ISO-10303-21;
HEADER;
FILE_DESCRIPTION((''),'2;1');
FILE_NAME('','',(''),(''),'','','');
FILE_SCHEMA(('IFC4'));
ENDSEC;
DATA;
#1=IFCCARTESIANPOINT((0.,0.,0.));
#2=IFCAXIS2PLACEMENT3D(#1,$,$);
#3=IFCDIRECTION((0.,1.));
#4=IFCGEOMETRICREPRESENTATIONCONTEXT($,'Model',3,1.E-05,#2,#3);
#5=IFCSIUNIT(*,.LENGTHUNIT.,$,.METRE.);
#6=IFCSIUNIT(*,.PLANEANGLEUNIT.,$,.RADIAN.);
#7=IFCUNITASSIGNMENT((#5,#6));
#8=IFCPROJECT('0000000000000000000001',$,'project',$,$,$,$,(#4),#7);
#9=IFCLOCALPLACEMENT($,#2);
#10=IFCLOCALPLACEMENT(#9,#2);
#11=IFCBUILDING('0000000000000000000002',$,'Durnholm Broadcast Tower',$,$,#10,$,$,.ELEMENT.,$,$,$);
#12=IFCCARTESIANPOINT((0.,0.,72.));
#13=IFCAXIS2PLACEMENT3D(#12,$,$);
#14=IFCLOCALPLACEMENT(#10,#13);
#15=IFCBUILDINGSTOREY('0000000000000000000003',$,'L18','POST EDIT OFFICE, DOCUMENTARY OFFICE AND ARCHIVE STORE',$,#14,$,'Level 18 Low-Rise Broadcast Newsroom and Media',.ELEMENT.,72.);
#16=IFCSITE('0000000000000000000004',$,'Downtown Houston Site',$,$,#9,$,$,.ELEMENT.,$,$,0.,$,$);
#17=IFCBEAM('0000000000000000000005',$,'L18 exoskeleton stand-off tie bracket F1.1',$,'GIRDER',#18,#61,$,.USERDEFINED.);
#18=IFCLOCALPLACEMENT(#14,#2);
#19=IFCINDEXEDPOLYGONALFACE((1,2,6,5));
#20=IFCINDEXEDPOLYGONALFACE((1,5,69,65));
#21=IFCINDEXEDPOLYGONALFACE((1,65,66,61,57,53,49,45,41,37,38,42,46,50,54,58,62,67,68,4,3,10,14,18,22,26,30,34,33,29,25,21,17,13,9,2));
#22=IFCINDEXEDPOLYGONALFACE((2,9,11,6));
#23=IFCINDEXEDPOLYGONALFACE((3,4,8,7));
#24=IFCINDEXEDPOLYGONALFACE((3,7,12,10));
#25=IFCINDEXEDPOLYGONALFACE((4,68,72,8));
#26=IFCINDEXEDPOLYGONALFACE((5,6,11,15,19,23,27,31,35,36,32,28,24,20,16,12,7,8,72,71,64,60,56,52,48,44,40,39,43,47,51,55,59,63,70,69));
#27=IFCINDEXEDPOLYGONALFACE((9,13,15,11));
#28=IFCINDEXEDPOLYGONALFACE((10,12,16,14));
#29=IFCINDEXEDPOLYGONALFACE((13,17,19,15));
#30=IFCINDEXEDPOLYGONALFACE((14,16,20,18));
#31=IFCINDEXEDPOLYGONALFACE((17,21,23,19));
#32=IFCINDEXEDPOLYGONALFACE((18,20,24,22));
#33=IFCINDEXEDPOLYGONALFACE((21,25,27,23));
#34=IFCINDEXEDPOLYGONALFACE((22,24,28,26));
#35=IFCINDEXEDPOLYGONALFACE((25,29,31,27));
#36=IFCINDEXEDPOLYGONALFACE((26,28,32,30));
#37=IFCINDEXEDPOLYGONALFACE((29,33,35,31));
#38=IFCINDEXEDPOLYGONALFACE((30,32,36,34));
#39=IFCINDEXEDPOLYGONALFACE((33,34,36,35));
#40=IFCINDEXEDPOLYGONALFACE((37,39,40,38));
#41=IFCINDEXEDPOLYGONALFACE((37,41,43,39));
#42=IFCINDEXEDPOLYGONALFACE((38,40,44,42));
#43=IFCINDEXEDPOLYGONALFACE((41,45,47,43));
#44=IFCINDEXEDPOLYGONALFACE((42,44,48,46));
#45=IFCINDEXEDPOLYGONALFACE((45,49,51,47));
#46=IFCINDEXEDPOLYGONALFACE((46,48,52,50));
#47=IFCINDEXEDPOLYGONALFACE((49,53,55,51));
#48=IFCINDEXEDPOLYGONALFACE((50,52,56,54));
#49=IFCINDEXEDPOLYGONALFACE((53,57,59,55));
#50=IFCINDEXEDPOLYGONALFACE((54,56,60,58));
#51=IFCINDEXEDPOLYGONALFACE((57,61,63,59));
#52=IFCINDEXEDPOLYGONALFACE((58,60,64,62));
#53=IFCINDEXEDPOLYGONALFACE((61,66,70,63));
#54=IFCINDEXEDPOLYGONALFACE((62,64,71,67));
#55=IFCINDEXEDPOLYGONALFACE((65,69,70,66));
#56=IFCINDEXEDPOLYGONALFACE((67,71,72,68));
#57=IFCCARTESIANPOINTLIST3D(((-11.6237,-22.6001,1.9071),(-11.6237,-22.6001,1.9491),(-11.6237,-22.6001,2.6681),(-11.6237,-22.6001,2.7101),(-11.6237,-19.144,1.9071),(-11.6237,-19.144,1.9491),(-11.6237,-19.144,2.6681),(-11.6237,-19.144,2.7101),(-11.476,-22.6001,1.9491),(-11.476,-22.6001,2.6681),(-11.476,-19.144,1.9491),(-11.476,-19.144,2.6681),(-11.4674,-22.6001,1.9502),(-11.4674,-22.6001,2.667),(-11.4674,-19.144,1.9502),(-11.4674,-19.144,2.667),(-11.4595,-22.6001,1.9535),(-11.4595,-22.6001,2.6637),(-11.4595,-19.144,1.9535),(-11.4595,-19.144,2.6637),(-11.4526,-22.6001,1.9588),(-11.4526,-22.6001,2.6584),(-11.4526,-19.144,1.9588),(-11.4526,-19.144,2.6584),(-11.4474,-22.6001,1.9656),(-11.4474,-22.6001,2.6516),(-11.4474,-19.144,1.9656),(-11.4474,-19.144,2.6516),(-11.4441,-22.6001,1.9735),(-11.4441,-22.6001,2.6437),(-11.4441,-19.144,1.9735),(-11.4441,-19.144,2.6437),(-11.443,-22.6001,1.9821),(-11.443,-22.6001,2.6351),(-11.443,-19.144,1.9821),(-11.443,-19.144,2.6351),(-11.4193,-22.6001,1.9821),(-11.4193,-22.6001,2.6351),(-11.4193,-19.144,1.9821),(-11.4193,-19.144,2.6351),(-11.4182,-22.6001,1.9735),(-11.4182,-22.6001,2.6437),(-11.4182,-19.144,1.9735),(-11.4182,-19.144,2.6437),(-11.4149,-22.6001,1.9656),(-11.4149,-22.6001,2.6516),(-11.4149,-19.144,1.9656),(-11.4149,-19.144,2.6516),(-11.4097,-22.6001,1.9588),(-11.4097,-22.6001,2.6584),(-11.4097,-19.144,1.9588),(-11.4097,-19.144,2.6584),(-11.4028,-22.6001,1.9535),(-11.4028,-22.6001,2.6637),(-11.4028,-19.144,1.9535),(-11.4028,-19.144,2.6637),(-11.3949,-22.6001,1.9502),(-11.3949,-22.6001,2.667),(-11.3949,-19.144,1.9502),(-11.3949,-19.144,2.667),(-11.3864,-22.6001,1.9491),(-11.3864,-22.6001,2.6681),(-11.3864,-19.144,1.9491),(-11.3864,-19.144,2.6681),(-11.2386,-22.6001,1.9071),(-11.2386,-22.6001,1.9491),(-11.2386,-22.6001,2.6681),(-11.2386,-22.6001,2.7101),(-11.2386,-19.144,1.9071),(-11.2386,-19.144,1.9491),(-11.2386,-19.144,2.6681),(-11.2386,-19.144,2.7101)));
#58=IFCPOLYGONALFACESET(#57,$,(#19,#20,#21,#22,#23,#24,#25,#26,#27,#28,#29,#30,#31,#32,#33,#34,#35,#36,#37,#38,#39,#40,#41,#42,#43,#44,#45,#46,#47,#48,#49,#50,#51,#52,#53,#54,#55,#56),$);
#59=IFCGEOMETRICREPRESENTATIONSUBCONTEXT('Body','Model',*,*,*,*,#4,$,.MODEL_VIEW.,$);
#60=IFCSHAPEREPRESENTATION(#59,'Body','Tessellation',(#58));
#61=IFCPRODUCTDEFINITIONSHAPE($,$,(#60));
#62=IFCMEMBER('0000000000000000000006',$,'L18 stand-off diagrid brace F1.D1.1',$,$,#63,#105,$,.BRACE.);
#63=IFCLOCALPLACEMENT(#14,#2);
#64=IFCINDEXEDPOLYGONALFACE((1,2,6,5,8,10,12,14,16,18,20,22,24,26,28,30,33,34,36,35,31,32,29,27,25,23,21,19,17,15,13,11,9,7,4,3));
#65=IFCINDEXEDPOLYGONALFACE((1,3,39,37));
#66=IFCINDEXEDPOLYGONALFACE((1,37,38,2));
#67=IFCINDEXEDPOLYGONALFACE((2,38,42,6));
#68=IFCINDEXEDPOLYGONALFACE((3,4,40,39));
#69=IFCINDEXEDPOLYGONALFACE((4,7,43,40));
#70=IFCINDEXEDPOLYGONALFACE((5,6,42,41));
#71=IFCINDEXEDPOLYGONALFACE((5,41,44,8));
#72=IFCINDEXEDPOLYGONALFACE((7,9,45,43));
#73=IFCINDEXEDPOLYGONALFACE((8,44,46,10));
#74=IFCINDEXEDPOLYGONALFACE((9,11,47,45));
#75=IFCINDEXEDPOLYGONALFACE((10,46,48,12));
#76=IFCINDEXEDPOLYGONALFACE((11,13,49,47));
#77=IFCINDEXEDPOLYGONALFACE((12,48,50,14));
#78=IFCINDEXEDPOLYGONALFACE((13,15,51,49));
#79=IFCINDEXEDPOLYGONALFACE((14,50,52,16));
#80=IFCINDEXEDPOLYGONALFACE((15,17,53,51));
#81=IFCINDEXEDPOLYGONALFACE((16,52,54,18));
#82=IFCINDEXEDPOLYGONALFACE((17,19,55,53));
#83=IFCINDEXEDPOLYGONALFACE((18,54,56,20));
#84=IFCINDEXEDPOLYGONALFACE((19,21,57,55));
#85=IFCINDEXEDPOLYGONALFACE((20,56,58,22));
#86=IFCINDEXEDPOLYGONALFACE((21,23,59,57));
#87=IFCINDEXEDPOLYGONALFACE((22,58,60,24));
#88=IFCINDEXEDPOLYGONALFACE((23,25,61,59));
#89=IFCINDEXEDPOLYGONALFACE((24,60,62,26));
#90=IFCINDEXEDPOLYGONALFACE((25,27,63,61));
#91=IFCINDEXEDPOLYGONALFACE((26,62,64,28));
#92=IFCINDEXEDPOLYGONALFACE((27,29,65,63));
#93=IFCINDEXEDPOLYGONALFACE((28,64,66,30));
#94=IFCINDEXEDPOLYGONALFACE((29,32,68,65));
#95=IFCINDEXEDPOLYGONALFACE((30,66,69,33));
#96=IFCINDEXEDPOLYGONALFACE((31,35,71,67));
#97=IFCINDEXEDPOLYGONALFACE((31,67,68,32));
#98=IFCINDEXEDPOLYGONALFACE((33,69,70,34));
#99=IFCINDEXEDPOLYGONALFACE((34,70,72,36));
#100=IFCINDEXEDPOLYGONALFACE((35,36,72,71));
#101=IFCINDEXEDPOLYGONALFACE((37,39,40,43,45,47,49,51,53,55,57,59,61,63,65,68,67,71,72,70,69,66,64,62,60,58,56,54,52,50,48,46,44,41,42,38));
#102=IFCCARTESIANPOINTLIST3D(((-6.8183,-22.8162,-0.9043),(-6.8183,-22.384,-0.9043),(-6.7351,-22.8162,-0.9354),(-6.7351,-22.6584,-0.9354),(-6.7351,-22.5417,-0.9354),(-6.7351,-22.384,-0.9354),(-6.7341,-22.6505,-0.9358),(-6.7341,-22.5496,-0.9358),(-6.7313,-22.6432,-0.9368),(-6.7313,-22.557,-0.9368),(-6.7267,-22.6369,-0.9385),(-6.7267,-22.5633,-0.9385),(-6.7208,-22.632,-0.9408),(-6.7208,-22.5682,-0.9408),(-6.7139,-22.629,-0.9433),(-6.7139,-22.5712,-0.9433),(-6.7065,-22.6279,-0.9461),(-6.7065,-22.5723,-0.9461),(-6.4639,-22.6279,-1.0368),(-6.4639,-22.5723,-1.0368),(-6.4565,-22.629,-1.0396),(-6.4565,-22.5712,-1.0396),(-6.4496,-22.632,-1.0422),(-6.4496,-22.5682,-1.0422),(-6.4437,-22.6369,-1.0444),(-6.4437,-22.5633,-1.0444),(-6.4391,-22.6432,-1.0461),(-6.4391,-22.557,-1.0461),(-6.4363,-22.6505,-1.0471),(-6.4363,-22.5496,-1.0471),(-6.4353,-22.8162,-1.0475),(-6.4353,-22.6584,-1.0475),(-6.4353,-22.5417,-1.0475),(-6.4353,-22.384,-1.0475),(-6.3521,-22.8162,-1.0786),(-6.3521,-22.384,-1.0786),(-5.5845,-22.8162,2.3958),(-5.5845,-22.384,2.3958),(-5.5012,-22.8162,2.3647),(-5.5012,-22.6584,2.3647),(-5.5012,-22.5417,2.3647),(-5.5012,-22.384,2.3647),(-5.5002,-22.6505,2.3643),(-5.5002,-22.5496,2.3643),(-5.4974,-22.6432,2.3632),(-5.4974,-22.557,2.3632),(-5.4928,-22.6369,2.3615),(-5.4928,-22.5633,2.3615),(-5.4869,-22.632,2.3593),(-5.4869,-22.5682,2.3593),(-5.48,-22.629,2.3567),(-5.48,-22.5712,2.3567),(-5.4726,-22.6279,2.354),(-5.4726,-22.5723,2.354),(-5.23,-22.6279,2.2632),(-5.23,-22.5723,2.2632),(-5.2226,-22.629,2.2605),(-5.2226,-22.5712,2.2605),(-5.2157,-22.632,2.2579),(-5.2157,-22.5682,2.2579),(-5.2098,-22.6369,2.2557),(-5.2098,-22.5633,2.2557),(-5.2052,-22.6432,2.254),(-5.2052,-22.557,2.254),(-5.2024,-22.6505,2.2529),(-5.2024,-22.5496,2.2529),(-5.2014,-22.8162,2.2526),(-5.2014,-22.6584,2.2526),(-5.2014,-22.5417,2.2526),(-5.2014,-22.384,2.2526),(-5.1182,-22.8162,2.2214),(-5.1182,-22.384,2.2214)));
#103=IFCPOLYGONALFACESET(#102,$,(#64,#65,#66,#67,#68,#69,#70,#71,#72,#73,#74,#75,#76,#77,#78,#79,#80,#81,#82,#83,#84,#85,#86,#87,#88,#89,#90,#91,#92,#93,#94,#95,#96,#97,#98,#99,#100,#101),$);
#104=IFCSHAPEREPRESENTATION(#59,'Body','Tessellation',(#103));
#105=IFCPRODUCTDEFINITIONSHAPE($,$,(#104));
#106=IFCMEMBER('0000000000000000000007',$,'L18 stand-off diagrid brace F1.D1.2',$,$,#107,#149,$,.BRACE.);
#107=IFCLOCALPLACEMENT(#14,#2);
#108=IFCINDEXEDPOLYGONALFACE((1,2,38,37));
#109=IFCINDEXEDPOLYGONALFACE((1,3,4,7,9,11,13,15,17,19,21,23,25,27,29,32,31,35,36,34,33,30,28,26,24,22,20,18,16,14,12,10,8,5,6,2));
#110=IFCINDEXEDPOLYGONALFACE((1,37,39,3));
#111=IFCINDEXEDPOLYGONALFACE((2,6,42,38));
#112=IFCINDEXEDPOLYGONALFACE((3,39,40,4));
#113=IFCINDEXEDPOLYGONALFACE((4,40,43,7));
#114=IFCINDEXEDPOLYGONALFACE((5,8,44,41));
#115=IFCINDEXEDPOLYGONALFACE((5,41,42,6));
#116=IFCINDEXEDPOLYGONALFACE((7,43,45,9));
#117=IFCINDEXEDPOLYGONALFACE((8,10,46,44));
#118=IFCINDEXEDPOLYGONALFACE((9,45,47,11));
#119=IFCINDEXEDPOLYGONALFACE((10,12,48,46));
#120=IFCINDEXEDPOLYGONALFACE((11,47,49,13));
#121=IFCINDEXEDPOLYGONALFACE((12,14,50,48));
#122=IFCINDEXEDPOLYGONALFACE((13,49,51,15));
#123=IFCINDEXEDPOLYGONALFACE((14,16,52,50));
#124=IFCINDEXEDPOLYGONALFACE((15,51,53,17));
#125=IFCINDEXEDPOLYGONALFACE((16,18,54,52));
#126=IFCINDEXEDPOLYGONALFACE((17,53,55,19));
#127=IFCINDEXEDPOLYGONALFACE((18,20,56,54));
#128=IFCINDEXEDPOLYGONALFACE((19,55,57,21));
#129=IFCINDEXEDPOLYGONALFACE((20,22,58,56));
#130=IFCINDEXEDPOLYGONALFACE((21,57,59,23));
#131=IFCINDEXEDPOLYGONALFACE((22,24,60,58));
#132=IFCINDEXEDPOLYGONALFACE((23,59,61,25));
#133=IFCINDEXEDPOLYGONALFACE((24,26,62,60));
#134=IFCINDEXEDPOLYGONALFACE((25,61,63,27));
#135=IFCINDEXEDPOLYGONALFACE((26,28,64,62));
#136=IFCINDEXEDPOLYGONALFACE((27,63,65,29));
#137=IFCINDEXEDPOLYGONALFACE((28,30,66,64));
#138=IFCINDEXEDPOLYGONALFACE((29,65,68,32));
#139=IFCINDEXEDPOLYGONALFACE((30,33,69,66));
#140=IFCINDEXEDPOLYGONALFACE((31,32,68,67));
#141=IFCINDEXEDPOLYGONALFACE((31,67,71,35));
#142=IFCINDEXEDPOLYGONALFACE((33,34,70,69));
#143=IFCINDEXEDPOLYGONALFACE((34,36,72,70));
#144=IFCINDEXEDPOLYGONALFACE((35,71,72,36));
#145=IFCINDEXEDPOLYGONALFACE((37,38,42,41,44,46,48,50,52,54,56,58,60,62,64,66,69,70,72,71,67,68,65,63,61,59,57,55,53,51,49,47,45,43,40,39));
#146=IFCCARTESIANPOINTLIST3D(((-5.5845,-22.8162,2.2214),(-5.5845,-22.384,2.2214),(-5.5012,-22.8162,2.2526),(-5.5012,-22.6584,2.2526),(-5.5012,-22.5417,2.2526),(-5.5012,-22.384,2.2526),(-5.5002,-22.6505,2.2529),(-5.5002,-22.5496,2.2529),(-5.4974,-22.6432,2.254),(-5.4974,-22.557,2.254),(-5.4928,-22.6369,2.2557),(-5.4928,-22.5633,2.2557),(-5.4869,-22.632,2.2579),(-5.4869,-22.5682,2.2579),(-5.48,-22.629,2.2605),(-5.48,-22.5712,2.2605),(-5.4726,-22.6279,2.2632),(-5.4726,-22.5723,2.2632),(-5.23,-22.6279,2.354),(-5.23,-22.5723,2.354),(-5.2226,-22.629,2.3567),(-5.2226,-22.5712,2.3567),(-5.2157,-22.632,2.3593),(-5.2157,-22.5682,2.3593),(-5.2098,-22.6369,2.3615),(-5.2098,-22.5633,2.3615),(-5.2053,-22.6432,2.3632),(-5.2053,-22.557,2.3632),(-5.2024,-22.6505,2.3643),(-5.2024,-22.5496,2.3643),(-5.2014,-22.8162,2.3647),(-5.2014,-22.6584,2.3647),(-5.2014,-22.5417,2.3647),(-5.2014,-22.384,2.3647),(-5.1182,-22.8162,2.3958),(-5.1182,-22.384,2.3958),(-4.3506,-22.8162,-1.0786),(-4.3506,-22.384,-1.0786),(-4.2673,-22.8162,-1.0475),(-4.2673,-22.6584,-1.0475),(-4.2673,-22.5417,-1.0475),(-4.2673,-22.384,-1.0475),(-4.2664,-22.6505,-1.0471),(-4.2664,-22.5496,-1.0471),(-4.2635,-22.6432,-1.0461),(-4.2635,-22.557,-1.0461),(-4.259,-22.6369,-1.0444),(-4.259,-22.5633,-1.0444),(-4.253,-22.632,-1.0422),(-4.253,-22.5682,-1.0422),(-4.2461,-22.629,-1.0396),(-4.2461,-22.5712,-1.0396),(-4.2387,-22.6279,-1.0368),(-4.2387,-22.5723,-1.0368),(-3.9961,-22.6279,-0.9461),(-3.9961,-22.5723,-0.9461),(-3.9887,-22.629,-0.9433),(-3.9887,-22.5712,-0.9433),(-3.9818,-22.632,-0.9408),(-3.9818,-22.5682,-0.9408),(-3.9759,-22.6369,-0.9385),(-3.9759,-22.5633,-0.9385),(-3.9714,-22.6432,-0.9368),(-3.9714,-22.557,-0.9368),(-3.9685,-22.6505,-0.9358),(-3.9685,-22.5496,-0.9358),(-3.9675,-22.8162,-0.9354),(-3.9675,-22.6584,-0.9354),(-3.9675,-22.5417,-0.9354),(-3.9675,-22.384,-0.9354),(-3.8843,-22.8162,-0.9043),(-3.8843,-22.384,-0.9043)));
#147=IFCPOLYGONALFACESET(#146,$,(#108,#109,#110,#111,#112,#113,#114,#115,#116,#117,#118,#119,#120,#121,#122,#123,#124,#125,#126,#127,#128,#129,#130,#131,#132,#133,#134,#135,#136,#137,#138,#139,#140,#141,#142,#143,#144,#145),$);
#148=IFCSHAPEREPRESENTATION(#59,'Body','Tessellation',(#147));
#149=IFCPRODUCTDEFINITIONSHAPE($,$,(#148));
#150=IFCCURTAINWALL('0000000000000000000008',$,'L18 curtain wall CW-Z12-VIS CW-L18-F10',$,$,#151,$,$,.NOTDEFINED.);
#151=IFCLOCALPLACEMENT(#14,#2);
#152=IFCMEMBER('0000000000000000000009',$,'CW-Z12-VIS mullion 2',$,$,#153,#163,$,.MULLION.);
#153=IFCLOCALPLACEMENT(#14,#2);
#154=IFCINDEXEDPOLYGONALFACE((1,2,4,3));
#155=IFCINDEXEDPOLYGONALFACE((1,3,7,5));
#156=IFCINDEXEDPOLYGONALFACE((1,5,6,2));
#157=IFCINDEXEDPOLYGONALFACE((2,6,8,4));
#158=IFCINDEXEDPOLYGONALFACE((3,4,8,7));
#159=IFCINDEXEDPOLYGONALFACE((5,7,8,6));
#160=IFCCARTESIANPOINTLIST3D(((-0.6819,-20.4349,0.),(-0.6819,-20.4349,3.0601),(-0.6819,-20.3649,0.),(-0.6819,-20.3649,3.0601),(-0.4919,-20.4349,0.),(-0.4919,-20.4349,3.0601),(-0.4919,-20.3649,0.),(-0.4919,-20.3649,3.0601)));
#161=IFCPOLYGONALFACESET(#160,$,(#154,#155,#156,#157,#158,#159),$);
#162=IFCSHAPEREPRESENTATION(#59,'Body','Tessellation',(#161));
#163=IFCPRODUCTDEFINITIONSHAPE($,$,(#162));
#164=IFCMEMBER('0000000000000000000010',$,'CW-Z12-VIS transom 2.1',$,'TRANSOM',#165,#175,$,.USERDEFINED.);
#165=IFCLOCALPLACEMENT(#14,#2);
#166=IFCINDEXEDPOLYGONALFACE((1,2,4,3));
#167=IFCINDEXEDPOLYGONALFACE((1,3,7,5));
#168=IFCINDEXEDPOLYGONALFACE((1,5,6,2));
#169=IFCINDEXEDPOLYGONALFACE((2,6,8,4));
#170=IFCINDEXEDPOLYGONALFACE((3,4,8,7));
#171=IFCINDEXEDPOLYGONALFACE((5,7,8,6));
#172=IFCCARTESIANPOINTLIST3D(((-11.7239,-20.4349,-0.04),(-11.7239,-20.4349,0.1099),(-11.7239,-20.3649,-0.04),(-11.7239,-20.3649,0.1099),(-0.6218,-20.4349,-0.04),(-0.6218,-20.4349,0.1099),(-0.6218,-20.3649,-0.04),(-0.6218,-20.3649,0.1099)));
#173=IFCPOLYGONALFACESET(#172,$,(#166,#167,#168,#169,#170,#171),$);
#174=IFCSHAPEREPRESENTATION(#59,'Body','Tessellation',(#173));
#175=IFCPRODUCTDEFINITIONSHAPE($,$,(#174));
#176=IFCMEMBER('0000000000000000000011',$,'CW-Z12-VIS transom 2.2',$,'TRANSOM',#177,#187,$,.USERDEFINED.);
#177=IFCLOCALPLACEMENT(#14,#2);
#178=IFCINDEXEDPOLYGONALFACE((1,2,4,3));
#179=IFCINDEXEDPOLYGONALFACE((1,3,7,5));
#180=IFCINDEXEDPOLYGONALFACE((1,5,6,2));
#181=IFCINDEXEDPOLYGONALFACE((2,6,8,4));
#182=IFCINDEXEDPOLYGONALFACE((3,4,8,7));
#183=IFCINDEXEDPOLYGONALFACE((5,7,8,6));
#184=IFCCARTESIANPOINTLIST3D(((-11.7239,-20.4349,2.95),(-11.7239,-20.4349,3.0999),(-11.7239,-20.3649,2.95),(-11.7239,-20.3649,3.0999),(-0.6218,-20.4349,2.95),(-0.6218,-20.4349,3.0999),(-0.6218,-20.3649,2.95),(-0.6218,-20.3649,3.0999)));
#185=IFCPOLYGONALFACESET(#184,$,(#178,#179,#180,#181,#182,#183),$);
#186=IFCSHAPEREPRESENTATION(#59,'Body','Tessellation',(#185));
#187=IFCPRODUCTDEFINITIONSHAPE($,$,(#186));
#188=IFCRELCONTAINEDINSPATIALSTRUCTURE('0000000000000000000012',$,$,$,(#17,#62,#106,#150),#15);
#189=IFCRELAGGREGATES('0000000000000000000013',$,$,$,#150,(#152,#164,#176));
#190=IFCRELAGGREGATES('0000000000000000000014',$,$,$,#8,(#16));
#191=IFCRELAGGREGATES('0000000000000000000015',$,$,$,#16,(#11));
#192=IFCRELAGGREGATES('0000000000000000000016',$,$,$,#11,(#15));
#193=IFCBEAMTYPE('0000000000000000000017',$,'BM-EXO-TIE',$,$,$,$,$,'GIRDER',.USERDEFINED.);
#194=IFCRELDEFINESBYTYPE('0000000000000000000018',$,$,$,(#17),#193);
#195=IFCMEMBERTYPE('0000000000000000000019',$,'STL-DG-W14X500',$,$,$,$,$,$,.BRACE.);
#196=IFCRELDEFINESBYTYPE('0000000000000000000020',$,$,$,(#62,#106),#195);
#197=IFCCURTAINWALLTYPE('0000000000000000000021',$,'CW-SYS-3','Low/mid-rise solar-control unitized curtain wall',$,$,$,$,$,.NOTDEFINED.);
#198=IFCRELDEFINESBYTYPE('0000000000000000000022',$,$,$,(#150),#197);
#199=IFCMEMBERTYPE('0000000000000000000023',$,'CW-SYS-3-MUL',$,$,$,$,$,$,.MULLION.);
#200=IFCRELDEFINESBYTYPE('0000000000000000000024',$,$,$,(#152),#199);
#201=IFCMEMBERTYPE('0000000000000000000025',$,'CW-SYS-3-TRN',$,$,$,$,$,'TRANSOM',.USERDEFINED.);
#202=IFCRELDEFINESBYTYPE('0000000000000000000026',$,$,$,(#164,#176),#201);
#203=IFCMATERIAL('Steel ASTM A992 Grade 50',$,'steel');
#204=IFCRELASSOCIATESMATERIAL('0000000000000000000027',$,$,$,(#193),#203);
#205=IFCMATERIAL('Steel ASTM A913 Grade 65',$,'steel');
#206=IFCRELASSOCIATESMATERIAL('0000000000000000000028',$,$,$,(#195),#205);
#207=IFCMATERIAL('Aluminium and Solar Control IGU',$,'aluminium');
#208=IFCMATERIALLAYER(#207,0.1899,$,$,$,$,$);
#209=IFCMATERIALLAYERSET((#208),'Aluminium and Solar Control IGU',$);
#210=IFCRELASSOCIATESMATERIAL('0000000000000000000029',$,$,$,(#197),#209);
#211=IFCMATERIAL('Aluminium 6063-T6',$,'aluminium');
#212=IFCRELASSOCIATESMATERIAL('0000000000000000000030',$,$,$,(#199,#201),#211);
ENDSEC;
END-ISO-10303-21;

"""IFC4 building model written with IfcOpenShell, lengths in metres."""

from ifc_helpers import new_model, si_unit, direction, frame, origin, origin_2d, place, context, subcontext, project, spatial, rectangle, i_section, extrude, source, transform, mapped, material, layer, layer_set, material_profile, profile_set, type_object, type_shapes, element, aggregate, save


model = new_model("IFC4")

# Units and contexts
model_context = context("Model", 3, precision=1e-05, world=origin(), true_north=direction((0.0, 1.0)))
body_context = subcontext(model_context, "Body", "Model", "MODEL_VIEW")
ifc_project = project(units=[si_unit("LENGTHUNIT", "METRE"), si_unit("PLANEANGLEUNIT", "RADIAN")], contexts=[model_context])

# Site, building, storey
site_placement = place(None, origin())
site = spatial("IfcSite", under=ifc_project, at=site_placement, Name="Downtown Houston Site", CompositionType="ELEMENT", RefElevation=0.0)
building_placement = place(site_placement, origin())
building = spatial("IfcBuilding", under=site, at=building_placement, Name="Durnholm Broadcast Tower", CompositionType="ELEMENT")
storey_placement = place(building_placement, frame((0.0, 0.0, 72.0)))
storey = spatial("IfcBuildingStorey", under=building, at=storey_placement, Name="L18", Description="POST EDIT OFFICE, DOCUMENTARY OFFICE AND ARCHIVE STORE", LongName="Level 18 Low-Rise Broadcast Newsroom and Media", CompositionType="ELEMENT", Elevation=72.0)

# Beam
ifc_material_1 = material(Name="Steel ASTM A992 Grade 50", Category="steel")
ifc_material_profile_1 = material_profile(ifc_material_1, i_section(OverallWidth=0.385, OverallDepth=0.803, WebThickness=0.0237, FlangeThickness=0.042, FilletRadius=0.033, at=origin_2d()), Name="W30X261")
ifc_profile_set_1 = profile_set([ifc_material_profile_1], Name="Steel ASTM A992 Grade 50")
beam_type_1 = type_object("IfcBeamType", Name="BM-EXO-TIE", ElementType="GIRDER", PredefinedType="USERDEFINED", material=ifc_profile_set_1)
shared_shape_1 = source(origin(), body_context, "Body", "SweptSolid", [
    extrude(i_section(OverallWidth=0.385, OverallDepth=0.803, WebThickness=0.0237, FlangeThickness=0.042, FilletRadius=0.033, at=origin_2d()), origin(), (0.0, 0.0, 1.0), 3.4561),
])
type_shapes(beam_type_1, [shared_shape_1])
beam_1_placement = place(storey_placement, frame((-11.4312, -19.144, 2.3086), z_axis=(0.0, -1.0, 0.0), x_axis=(1.0, 0.0, 0.0)))
element("IfcBeam", 1, at=beam_1_placement, inside=storey, type_object=beam_type_1, Name="L18 exoskeleton stand-off tie bracket F1.1", ObjectType="GIRDER", PredefinedType="USERDEFINED", context=body_context, shape_type="MappedRepresentation", body=[
    mapped(shared_shape_1, transform((0.0, 0.0, 0.0), x_axis=(1.0, 0.0, 0.0), y_axis=(0.0, 1.0, 0.0), z_axis=(0.0, 0.0, 1.0), scale=1.0)),
])

# Members
ifc_material_2 = material(Name="Steel ASTM A913 Grade 65", Category="steel")
ifc_material_profile_2 = material_profile(ifc_material_2, i_section(OverallWidth=0.4321, OverallDepth=0.4978, WebThickness=0.0557, FlangeThickness=0.0889, FilletRadius=0.0305, at=origin_2d()), Name="W14X500")
ifc_profile_set_2 = profile_set([ifc_material_profile_2], Name="Steel ASTM A913 Grade 65")
member_type_1 = type_object("IfcMemberType", Name="STL-DG-W14X500", PredefinedType="BRACE", material=ifc_profile_set_2)
shared_shape_2 = source(origin(), body_context, "Body", "SweptSolid", [
    extrude(i_section(OverallWidth=0.4321, OverallDepth=0.4978, WebThickness=0.0557, FlangeThickness=0.0889, FilletRadius=0.0305, at=origin_2d()), origin(), (0.0, 0.0, 1.0), 3.5232),
])
type_shapes(member_type_1, [shared_shape_2])
for number, where, z_axis, x_axis, name in (
    (2, (-6.5852, -22.6001, -0.9915), (0.35022, 0.0, 0.936668), (0.0, 1.0, 0.0), "L18 stand-off diagrid brace F1.D1.1"),
    (3, (-4.1174, -22.6001, -0.9915), (-0.35022, 0.0, 0.936668), (0.0, -1.0, 0.0), "L18 stand-off diagrid brace F1.D1.2"),
):
    element("IfcMember", number, at=place(storey_placement, frame(where, z_axis=z_axis, x_axis=x_axis)), inside=storey, type_object=member_type_1, Name=name, PredefinedType="BRACE", context=body_context, shape_type="MappedRepresentation", body=[
        mapped(shared_shape_2, transform((0.0, 0.0, 0.0), x_axis=(1.0, 0.0, 0.0), y_axis=(0.0, 1.0, 0.0), z_axis=(0.0, 0.0, 1.0), scale=1.0)),
    ])

# Curtain wall, members
ifc_material_3 = material(Name="Aluminium and Solar Control IGU", Category="aluminium")
ifc_layer_1 = layer(ifc_material_3, 0.1899)
ifc_layer_set_1 = layer_set([ifc_layer_1], Name="Aluminium and Solar Control IGU")
curtain_wall_type = type_object("IfcCurtainWallType", Name="CW-SYS-3", Description="Low/mid-rise solar-control unitized curtain wall", PredefinedType="NOTDEFINED", material=ifc_layer_set_1)
curtain_wall_placement = place(storey_placement, origin())
curtain_wall = element("IfcCurtainWall", 4, at=curtain_wall_placement, inside=storey, type_object=curtain_wall_type, Name="L18 curtain wall CW-Z12-VIS CW-L18-F10", PredefinedType="NOTDEFINED")
ifc_material_4 = material(Name="Aluminium 6063-T6", Category="aluminium")
ifc_material_profile_3 = material_profile(ifc_material_4, rectangle(XDim=0.0701, YDim=0.1899, at=origin_2d()), Name="CWM70X190")
ifc_profile_set_3 = profile_set([ifc_material_profile_3], Name="Aluminium 6063-T6")
member_type_2 = type_object("IfcMemberType", Name="CW-SYS-3-MUL", PredefinedType="MULLION", material=ifc_profile_set_3)
shared_shape_3 = source(origin(), body_context, "Body", "SweptSolid", [
    extrude(rectangle(XDim=0.0701, YDim=0.1899, at=origin_2d()), origin(), (0.0, 0.0, 1.0), 3.0601),
])
type_shapes(member_type_2, [shared_shape_3])
member_1_placement = place(storey_placement, frame((-0.5869, -20.3999, 0.0), z_axis=(0.0, 0.0, 1.0), x_axis=(0.0, -1.0, 0.0)))
member_1 = element("IfcMember", 5, at=member_1_placement, type_object=member_type_2, Name="CW-Z12-VIS mullion 2", PredefinedType="MULLION", context=body_context, shape_type="MappedRepresentation", body=[
    mapped(shared_shape_3, transform((0.0, 0.0, 0.0), x_axis=(1.0, 0.0, 0.0), y_axis=(0.0, 1.0, 0.0), z_axis=(0.0, 0.0, 1.0), scale=1.0)),
])
ifc_material_profile_4 = material_profile(ifc_material_4, rectangle(XDim=0.0701, YDim=0.1499, at=origin_2d()), Name="CWT70X150")
ifc_profile_set_4 = profile_set([ifc_material_profile_4], Name="Aluminium 6063-T6")
member_type_3 = type_object("IfcMemberType", Name="CW-SYS-3-TRN", ElementType="TRANSOM", PredefinedType="USERDEFINED", material=ifc_profile_set_4)
shared_shape_4 = source(origin(), body_context, "Body", "SweptSolid", [
    extrude(rectangle(XDim=0.0701, YDim=0.1499, at=origin_2d()), origin(), (0.0, 0.0, 1.0), 11.1021),
])
type_shapes(member_type_3, [shared_shape_4])
member_2_placement = place(storey_placement, frame((-0.6218, -20.3999, 0.0349), z_axis=(-1.0, 0.0, 0.0), x_axis=(0.0, -1.0, 0.0)))
member_2 = element("IfcMember", 6, at=member_2_placement, type_object=member_type_3, Name="CW-Z12-VIS transom 2.1", ObjectType="TRANSOM", PredefinedType="USERDEFINED", context=body_context, shape_type="MappedRepresentation", body=[
    mapped(shared_shape_4, transform((0.0, 0.0, 0.0), x_axis=(1.0, 0.0, 0.0), y_axis=(0.0, 1.0, 0.0), z_axis=(0.0, 0.0, 1.0), scale=1.0)),
])
member_3_placement = place(storey_placement, frame((-0.6218, -20.3999, 3.0249), z_axis=(-1.0, 0.0, 0.0), x_axis=(0.0, -1.0, 0.0)))
member_3 = element("IfcMember", 7, at=member_3_placement, type_object=member_type_3, Name="CW-Z12-VIS transom 2.2", ObjectType="TRANSOM", PredefinedType="USERDEFINED", context=body_context, shape_type="MappedRepresentation", body=[
    mapped(shared_shape_4, transform((0.0, 0.0, 0.0), x_axis=(1.0, 0.0, 0.0), y_axis=(0.0, 1.0, 0.0), z_axis=(0.0, 0.0, 1.0), scale=1.0)),
])

aggregate(curtain_wall, [member_1, member_2, member_3])

save(model, "model.ifc")
